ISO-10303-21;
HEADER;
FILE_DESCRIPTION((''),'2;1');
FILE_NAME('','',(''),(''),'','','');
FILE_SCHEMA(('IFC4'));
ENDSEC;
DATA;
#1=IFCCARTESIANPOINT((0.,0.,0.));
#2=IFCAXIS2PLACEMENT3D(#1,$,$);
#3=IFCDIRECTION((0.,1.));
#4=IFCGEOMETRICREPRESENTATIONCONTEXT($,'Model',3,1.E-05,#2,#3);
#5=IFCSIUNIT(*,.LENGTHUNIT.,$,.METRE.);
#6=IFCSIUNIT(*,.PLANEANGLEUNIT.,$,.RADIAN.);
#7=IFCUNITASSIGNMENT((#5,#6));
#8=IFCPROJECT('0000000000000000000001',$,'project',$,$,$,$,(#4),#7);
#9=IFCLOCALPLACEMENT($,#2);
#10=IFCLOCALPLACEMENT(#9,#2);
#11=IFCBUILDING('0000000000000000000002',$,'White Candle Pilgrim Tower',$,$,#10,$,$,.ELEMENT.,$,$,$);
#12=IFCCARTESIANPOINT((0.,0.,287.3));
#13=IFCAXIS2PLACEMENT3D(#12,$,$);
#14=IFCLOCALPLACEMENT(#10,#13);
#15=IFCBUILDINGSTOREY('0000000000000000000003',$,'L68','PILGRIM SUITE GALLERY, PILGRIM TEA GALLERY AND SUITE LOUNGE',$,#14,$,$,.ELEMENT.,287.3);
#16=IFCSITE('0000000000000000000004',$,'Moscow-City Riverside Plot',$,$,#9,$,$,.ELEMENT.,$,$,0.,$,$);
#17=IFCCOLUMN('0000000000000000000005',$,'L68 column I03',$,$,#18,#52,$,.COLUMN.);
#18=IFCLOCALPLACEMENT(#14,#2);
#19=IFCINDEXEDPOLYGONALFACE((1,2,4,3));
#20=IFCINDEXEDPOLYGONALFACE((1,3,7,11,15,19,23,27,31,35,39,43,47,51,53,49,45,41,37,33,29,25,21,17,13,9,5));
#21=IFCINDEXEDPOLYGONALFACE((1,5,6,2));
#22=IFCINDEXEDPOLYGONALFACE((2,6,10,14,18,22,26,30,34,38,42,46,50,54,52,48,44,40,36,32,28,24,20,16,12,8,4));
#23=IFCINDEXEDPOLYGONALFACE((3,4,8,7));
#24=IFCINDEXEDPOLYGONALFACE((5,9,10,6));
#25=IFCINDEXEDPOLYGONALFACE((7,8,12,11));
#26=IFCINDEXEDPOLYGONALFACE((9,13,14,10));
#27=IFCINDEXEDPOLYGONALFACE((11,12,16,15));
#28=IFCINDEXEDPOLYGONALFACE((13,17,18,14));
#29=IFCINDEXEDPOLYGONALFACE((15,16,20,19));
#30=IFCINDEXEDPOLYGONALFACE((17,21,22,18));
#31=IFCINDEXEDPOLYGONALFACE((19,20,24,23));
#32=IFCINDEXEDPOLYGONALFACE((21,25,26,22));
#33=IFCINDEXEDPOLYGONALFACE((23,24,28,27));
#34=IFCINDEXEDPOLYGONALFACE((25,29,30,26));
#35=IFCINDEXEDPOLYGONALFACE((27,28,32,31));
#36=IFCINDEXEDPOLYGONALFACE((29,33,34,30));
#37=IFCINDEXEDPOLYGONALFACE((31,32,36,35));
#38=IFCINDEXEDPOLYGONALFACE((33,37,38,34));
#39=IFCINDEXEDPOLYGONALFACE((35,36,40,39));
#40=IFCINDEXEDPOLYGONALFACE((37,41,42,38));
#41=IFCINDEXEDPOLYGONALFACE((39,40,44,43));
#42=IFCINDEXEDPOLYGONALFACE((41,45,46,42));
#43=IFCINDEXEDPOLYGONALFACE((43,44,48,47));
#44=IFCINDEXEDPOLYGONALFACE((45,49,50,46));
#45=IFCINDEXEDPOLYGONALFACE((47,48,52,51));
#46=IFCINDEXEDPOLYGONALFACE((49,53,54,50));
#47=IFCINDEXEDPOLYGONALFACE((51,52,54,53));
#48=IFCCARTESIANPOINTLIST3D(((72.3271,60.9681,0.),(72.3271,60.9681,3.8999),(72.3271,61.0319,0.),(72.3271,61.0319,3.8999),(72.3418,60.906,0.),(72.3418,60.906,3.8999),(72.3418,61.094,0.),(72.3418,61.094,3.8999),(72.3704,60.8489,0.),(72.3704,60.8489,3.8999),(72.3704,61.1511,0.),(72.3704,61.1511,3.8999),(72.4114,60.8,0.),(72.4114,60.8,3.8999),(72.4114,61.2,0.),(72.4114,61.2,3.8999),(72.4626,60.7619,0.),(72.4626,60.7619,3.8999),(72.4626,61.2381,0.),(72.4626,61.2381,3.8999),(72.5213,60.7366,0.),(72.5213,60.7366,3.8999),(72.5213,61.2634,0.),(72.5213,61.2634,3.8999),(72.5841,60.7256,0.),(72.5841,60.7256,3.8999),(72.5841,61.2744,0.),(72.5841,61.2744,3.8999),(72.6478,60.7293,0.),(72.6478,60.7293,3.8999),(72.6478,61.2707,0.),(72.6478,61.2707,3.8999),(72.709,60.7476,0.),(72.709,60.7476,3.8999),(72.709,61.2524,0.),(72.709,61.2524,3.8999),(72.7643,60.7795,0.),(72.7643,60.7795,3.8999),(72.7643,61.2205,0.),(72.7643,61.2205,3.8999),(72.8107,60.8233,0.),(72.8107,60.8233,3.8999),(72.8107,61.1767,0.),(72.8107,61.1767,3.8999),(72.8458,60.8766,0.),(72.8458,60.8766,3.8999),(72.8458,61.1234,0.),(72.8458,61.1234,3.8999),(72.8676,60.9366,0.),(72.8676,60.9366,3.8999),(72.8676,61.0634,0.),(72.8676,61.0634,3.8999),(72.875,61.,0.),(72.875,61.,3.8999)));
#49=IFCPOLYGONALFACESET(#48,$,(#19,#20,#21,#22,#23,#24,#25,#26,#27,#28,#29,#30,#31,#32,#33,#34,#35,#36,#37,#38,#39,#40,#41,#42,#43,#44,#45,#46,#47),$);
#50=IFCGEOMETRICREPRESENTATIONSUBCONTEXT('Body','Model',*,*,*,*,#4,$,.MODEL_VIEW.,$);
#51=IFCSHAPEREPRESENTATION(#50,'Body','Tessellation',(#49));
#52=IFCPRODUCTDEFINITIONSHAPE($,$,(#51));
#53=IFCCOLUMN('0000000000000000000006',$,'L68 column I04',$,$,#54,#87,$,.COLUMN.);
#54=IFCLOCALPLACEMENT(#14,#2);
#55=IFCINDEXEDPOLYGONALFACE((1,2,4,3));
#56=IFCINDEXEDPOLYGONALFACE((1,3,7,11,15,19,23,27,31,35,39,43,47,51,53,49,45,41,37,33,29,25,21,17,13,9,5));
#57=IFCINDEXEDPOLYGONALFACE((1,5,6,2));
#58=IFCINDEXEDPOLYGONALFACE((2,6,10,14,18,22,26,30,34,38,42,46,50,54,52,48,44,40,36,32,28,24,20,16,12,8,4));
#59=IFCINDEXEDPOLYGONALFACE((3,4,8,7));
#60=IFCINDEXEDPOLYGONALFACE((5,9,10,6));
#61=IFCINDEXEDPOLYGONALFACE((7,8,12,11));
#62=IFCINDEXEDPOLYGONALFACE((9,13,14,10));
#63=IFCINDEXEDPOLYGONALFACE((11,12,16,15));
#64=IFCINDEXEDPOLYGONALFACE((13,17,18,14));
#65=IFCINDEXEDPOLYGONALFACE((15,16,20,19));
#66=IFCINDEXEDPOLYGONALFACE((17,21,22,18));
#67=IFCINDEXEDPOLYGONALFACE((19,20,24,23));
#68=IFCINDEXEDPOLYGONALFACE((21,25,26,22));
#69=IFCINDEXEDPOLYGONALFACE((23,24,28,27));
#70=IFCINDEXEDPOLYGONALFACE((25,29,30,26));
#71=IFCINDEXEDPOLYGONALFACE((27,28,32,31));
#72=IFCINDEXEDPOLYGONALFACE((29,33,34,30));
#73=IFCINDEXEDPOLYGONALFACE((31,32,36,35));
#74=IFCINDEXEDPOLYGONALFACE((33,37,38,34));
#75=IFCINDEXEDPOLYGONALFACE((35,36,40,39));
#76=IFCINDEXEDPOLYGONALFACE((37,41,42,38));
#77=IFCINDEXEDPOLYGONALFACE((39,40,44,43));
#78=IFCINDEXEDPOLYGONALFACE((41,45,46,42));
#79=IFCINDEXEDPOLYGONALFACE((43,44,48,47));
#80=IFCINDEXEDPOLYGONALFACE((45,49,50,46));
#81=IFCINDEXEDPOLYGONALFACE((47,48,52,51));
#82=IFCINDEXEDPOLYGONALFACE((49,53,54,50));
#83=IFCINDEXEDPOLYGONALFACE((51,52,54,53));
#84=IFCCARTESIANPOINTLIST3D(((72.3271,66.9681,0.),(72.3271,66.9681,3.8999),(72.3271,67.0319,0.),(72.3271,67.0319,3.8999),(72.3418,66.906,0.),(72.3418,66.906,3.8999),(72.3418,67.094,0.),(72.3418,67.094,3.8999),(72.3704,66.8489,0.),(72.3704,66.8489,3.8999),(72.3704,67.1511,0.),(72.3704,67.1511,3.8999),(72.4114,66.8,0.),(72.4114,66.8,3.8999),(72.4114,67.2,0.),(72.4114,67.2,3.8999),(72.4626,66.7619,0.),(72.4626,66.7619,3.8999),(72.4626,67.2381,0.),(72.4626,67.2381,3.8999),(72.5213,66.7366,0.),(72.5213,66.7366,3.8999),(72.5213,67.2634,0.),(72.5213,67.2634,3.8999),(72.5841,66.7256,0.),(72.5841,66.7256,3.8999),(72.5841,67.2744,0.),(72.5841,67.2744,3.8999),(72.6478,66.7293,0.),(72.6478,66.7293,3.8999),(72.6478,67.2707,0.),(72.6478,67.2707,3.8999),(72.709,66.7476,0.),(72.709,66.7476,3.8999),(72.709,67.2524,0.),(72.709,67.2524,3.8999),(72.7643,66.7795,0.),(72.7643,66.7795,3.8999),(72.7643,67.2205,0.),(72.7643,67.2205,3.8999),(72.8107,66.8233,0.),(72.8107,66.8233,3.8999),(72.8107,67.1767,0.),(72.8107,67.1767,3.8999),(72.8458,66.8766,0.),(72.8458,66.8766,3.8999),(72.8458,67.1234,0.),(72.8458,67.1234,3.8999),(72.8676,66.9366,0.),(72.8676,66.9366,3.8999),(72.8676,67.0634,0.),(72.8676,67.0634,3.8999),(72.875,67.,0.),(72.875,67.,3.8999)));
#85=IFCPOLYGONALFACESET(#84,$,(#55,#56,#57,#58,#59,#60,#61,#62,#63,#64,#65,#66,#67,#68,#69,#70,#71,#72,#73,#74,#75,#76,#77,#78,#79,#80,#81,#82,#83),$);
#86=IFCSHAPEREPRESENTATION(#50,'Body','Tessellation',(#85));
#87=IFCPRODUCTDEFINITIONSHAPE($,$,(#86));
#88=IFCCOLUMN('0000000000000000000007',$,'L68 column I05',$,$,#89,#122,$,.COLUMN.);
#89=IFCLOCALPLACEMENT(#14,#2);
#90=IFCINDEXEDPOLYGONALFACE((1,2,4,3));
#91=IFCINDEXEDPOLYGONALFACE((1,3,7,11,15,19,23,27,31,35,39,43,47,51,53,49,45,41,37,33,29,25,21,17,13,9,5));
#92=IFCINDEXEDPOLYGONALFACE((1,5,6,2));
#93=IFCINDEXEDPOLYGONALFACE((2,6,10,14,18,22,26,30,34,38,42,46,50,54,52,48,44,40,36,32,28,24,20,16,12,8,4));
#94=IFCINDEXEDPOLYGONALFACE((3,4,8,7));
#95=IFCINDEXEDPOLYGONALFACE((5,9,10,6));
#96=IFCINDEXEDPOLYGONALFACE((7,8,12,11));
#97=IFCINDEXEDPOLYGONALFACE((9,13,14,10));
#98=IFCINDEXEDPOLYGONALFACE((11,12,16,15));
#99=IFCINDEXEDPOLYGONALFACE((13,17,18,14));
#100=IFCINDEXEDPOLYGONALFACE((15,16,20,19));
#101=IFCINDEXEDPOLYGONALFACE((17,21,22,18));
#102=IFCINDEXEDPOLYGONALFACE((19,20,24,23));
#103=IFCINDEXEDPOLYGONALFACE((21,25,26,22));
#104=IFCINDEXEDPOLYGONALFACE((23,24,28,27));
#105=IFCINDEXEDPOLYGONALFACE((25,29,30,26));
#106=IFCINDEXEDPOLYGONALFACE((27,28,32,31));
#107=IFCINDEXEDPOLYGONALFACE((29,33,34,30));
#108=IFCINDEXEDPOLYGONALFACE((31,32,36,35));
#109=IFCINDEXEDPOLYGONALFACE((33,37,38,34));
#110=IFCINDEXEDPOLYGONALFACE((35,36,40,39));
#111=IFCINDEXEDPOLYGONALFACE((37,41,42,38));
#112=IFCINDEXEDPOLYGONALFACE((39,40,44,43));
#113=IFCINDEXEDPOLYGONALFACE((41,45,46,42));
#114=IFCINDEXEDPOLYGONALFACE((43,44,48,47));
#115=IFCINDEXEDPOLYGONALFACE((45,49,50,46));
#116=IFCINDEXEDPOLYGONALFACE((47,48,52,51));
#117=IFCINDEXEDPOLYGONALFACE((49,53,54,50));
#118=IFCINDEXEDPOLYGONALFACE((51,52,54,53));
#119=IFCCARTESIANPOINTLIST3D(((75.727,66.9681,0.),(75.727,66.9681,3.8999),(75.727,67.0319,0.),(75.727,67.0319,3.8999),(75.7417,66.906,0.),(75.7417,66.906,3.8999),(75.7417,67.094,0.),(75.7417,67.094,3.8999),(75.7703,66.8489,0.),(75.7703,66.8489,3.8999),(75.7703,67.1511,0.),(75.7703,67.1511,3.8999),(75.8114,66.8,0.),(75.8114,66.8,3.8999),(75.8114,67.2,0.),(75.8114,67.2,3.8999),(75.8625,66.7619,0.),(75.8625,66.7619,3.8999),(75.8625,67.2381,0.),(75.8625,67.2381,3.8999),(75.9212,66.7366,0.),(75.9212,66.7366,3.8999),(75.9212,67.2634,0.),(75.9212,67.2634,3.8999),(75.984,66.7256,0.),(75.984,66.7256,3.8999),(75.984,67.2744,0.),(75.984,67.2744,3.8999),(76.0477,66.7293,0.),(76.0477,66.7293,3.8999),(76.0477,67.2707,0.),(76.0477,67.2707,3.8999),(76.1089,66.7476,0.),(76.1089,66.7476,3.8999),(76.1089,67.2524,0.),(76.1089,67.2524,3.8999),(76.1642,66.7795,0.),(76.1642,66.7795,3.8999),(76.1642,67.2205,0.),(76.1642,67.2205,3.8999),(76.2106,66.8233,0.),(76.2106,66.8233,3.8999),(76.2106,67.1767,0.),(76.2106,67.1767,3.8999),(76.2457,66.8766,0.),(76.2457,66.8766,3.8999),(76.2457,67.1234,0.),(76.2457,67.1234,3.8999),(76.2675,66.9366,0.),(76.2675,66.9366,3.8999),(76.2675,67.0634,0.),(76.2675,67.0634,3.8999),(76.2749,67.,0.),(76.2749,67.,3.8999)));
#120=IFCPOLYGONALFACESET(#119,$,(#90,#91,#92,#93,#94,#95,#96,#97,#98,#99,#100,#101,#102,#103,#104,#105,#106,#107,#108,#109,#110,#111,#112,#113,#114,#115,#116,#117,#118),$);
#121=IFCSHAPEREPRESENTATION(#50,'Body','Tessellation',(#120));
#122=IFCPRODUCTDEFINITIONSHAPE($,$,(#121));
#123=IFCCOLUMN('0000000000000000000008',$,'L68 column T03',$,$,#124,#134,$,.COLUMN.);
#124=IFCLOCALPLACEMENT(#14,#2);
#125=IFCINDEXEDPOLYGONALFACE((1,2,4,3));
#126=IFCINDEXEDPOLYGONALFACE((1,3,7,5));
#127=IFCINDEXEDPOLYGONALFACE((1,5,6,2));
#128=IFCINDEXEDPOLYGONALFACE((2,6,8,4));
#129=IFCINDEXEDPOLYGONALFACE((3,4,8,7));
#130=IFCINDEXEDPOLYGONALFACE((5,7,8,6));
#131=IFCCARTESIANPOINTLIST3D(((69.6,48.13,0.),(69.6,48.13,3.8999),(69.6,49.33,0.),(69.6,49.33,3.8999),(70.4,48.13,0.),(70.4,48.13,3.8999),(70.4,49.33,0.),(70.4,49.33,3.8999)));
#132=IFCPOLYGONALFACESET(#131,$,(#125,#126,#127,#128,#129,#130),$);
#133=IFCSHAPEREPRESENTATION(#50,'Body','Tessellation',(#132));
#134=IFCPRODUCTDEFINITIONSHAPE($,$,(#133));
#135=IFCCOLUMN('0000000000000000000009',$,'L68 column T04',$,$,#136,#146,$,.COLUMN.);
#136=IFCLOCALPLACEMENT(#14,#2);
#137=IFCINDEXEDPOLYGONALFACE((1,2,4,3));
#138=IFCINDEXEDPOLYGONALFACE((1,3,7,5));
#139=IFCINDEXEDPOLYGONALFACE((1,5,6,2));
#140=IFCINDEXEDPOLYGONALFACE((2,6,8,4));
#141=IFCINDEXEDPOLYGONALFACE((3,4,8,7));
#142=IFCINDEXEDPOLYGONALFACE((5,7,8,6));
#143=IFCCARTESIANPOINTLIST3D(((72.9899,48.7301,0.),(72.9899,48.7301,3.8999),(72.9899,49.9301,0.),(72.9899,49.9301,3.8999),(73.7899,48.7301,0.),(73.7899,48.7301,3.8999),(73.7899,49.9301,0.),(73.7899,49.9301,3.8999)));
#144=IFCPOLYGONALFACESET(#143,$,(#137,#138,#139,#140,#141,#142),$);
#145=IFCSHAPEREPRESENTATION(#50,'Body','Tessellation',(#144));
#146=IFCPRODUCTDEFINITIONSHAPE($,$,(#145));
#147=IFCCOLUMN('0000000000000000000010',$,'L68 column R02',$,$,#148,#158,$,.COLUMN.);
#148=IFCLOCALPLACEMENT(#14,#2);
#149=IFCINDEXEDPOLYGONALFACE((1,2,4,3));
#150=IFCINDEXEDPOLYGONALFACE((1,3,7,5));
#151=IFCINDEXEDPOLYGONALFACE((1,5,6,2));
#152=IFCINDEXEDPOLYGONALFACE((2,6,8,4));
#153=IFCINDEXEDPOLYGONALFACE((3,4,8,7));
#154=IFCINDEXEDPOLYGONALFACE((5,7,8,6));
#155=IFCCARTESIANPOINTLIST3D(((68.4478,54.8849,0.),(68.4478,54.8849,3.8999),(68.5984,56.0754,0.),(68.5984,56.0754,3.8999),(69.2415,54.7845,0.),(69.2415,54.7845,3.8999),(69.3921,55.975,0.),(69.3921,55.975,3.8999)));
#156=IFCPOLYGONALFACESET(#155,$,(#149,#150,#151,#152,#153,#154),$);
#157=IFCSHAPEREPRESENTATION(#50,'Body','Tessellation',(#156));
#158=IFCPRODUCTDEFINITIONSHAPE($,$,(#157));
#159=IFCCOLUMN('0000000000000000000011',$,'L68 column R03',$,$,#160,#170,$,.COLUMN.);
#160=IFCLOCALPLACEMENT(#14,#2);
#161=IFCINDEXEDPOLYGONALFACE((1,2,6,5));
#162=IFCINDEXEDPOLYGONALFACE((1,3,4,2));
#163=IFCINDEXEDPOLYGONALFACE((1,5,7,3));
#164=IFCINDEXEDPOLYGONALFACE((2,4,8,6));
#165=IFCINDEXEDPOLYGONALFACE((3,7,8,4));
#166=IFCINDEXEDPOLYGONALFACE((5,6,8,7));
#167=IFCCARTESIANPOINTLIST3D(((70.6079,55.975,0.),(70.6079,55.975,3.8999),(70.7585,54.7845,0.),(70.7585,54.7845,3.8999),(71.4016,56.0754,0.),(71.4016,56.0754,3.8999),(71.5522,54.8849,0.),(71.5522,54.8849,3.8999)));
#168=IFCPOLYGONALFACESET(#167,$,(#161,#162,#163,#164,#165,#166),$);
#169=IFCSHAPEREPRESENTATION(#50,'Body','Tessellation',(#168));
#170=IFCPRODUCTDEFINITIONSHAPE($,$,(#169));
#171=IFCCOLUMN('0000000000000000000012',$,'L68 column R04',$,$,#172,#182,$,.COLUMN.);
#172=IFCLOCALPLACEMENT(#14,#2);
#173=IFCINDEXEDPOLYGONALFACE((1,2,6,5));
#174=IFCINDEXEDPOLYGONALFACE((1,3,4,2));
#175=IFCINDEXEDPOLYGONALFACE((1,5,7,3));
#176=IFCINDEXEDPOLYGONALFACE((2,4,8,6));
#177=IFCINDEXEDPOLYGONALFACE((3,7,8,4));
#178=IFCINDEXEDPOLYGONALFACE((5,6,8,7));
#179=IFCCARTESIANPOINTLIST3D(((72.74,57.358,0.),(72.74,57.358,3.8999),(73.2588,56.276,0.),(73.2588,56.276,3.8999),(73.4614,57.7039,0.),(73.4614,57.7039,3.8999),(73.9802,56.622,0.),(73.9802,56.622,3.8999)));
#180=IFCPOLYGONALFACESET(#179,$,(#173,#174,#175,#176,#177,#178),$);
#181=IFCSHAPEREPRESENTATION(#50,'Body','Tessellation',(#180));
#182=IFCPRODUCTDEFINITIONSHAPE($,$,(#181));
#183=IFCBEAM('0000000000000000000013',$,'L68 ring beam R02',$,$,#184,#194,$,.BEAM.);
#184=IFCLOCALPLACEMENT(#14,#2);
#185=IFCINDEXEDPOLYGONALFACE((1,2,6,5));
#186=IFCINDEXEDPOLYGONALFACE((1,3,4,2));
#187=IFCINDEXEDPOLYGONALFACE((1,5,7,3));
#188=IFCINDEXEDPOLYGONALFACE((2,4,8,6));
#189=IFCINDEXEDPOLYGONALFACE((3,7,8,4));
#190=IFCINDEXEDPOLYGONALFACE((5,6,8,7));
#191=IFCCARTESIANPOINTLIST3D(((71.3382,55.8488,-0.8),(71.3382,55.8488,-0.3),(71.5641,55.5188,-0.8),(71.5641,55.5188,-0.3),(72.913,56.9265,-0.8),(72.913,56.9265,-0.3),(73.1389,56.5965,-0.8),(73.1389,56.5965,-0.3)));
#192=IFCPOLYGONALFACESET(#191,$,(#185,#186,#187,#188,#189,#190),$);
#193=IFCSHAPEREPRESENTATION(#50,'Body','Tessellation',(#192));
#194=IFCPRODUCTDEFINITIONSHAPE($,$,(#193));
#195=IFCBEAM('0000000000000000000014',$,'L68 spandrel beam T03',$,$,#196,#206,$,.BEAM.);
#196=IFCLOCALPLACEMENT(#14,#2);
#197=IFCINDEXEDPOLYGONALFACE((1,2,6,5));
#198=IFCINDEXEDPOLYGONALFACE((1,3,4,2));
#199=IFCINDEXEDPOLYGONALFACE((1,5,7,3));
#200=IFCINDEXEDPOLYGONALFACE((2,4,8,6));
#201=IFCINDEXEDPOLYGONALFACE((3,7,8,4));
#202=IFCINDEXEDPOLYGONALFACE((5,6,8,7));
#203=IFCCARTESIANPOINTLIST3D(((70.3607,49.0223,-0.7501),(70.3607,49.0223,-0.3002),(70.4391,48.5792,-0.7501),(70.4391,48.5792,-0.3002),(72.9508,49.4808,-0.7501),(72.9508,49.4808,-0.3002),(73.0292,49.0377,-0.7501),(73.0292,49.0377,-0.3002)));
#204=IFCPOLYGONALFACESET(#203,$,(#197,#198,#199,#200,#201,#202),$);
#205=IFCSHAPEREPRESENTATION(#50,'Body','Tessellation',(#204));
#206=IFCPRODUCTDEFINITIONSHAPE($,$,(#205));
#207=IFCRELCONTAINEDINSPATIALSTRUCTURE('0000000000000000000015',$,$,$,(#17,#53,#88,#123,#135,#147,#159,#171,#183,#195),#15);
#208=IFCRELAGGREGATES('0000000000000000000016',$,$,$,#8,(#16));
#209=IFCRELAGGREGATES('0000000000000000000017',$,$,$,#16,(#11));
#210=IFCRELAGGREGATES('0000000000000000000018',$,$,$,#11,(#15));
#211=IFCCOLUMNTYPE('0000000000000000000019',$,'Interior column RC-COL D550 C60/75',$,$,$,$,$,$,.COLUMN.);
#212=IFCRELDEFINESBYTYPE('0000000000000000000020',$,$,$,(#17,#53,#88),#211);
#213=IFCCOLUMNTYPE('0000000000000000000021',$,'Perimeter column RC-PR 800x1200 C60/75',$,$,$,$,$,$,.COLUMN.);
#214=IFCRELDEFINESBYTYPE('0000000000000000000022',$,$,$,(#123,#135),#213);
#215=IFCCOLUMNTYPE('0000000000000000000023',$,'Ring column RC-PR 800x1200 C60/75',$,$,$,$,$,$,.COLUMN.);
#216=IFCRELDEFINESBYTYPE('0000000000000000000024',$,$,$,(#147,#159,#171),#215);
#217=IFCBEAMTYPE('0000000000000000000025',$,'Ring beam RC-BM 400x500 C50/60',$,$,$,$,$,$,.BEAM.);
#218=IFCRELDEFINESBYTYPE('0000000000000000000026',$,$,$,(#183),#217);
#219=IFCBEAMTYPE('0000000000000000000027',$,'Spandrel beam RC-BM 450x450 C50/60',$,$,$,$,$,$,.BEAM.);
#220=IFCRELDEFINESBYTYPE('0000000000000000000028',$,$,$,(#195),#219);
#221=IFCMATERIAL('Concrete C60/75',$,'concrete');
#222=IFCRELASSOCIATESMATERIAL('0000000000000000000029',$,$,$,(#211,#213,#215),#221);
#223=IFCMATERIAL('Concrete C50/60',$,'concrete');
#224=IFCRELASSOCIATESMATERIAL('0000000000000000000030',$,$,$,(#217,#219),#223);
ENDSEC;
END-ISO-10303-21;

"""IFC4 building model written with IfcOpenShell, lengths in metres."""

from ifc_helpers import new_model, si_unit, direction, frame, origin, origin_2d, place, context, subcontext, project, spatial, rectangle, circle, extrude, material, material_profile, profile_set, type_object, element, save


model = new_model("IFC4")

# Units and contexts
model_context = context("Model", 3, precision=1e-05, world=origin(), true_north=direction((0.0, 1.0)))
body_context = subcontext(model_context, "Body", "Model", "MODEL_VIEW")
ifc_project = project(units=[si_unit("LENGTHUNIT", "METRE"), si_unit("PLANEANGLEUNIT", "RADIAN")], contexts=[model_context])

# Site, building, storey
site_placement = place(None, origin())
site = spatial("IfcSite", under=ifc_project, at=site_placement, Name="Moscow-City Riverside Plot", CompositionType="ELEMENT", RefElevation=0.0)
building_placement = place(site_placement, origin())
building = spatial("IfcBuilding", under=site, at=building_placement, Name="White Candle Pilgrim Tower", CompositionType="ELEMENT")
storey_placement = place(building_placement, frame((0.0, 0.0, 287.3)))
storey = spatial("IfcBuildingStorey", under=building, at=storey_placement, Name="L68", Description="PILGRIM SUITE GALLERY, PILGRIM TEA GALLERY AND SUITE LOUNGE", CompositionType="ELEMENT", Elevation=287.3)

# Columns
ifc_material_1 = material(Name="Concrete C60/75", Category="concrete")
ifc_material_profile_1 = material_profile(ifc_material_1, circle(Radius=0.2749, at=origin_2d()), Name="RC-COL D550")
ifc_profile_set_1 = profile_set([ifc_material_profile_1], Name="Concrete C60/75")
column_type_1 = type_object("IfcColumnType", Name="Interior column RC-COL D550 C60/75", PredefinedType="COLUMN", material=ifc_profile_set_1)
for number, where, z_axis, x_axis, name in (
    (1, (72.6001, 61.0, 0.0), (0.0, 0.0, 1.0), (1.0, 0.0, 0.0), "L68 column I03"),
    (2, (72.6001, 67.0, 0.0), (0.0, 0.0, 1.0), (1.0, 0.0, 0.0), "L68 column I04"),
    (3, (76.0, 67.0, 0.0), (0.0, 0.0, 1.0), (1.0, 0.0, 0.0), "L68 column I05"),
):
    element("IfcColumn", number, at=place(storey_placement, frame(where, z_axis=z_axis, x_axis=x_axis)), inside=storey, type_object=column_type_1, Name=name, PredefinedType="COLUMN", context=body_context, shape_type="SweptSolid", body=[
        extrude(circle(Radius=0.2749, at=origin_2d()), origin(), (0.0, 0.0, 1.0), 3.8999),
    ])
ifc_material_profile_2 = material_profile(ifc_material_1, rectangle(XDim=0.8, YDim=1.2, at=origin_2d()), Name="RC-PR 800x1200")
ifc_profile_set_2 = profile_set([ifc_material_profile_2], Name="Concrete C60/75")
column_type_2 = type_object("IfcColumnType", Name="Perimeter column RC-PR 800x1200 C60/75", PredefinedType="COLUMN", material=ifc_profile_set_2)
for number, where, z_axis, x_axis, name in (
    (4, (70.0, 48.73, 0.0), (0.0, 0.0, 1.0), (-1.0, 0.0, 0.0), "L68 column T03"),
    (5, (73.3899, 49.3301, 0.0), (0.0, 0.0, 1.0), (-1.0, 0.0, 0.0), "L68 column T04"),
):
    element("IfcColumn", number, at=place(storey_placement, frame(where, z_axis=z_axis, x_axis=x_axis)), inside=storey, type_object=column_type_2, Name=name, PredefinedType="COLUMN", context=body_context, shape_type="SweptSolid", body=[
        extrude(rectangle(XDim=0.8, YDim=1.2, at=origin_2d()), origin(), (0.0, 0.0, 1.0), 3.8999),
    ])
ifc_material_profile_3 = material_profile(ifc_material_1, rectangle(XDim=0.8, YDim=1.2, at=origin_2d()), Name="RC-PR 800x1200")
ifc_profile_set_3 = profile_set([ifc_material_profile_3], Name="Concrete C60/75")
column_type_3 = type_object("IfcColumnType", Name="Ring column RC-PR 800x1200 C60/75", PredefinedType="COLUMN", material=ifc_profile_set_3)
for number, where, z_axis, x_axis, name in (
    (6, (68.9199, 55.4299, 0.0), (0.0, 0.0, 1.0), (-0.992093, 0.125506, 0.0), "L68 column R02"),
    (7, (71.0801, 55.4299, 0.0), (0.0, 0.0, 1.0), (-0.992093, -0.125506, 0.0), "L68 column R03"),
    (8, (73.3601, 56.99, 0.0), (0.0, 0.0, 1.0), (-0.901689, -0.432385, 0.0), "L68 column R04"),
):
    element("IfcColumn", number, at=place(storey_placement, frame(where, z_axis=z_axis, x_axis=x_axis)), inside=storey, type_object=column_type_3, Name=name, PredefinedType="COLUMN", context=body_context, shape_type="SweptSolid", body=[
        extrude(rectangle(XDim=0.8, YDim=1.2, at=origin_2d()), origin(), (0.0, 0.0, 1.0), 3.8999),
    ])

# Beams
ifc_material_2 = material(Name="Concrete C50/60", Category="concrete")
ifc_material_profile_4 = material_profile(ifc_material_2, rectangle(XDim=0.3999, YDim=0.5, at=origin_2d()), Name="RC-BM 400x500")
ifc_profile_set_4 = profile_set([ifc_material_profile_4], Name="Concrete C50/60")
beam_type_1 = type_object("IfcBeamType", Name="Ring beam RC-BM 400x500 C50/60", PredefinedType="BEAM", material=ifc_profile_set_4)
beam_1_placement = place(storey_placement, frame((71.4512, 55.6838, -0.55), z_axis=(0.825257, 0.564757, 0.0), x_axis=(-0.564757, 0.825257, 0.0)))
element("IfcBeam", 9, at=beam_1_placement, inside=storey, type_object=beam_type_1, Name="L68 ring beam R02", PredefinedType="BEAM", context=body_context, shape_type="SweptSolid", body=[
    extrude(rectangle(XDim=0.3999, YDim=0.5, at=origin_2d()), origin(), (0.0, 0.0, 1.0), 1.9082),
])
ifc_material_profile_5 = material_profile(ifc_material_2, rectangle(XDim=0.45, YDim=0.45, at=origin_2d()), Name="RC-BM 450x450")
ifc_profile_set_5 = profile_set([ifc_material_profile_5], Name="Concrete C50/60")
beam_type_2 = type_object("IfcBeamType", Name="Spandrel beam RC-BM 450x450 C50/60", PredefinedType="BEAM", material=ifc_profile_set_5)
beam_2_placement = place(storey_placement, frame((70.3999, 48.8008, -0.5251), z_axis=(0.984691, 0.17431, 0.0), x_axis=(-0.17431, 0.984691, 0.0)))
element("IfcBeam", 10, at=beam_2_placement, inside=storey, type_object=beam_type_2, Name="L68 spandrel beam T03", PredefinedType="BEAM", context=body_context, shape_type="SweptSolid", body=[
    extrude(rectangle(XDim=0.45, YDim=0.45, at=origin_2d()), origin(), (0.0, 0.0, 1.0), 2.6304),
])

save(model, "model.ifc")
